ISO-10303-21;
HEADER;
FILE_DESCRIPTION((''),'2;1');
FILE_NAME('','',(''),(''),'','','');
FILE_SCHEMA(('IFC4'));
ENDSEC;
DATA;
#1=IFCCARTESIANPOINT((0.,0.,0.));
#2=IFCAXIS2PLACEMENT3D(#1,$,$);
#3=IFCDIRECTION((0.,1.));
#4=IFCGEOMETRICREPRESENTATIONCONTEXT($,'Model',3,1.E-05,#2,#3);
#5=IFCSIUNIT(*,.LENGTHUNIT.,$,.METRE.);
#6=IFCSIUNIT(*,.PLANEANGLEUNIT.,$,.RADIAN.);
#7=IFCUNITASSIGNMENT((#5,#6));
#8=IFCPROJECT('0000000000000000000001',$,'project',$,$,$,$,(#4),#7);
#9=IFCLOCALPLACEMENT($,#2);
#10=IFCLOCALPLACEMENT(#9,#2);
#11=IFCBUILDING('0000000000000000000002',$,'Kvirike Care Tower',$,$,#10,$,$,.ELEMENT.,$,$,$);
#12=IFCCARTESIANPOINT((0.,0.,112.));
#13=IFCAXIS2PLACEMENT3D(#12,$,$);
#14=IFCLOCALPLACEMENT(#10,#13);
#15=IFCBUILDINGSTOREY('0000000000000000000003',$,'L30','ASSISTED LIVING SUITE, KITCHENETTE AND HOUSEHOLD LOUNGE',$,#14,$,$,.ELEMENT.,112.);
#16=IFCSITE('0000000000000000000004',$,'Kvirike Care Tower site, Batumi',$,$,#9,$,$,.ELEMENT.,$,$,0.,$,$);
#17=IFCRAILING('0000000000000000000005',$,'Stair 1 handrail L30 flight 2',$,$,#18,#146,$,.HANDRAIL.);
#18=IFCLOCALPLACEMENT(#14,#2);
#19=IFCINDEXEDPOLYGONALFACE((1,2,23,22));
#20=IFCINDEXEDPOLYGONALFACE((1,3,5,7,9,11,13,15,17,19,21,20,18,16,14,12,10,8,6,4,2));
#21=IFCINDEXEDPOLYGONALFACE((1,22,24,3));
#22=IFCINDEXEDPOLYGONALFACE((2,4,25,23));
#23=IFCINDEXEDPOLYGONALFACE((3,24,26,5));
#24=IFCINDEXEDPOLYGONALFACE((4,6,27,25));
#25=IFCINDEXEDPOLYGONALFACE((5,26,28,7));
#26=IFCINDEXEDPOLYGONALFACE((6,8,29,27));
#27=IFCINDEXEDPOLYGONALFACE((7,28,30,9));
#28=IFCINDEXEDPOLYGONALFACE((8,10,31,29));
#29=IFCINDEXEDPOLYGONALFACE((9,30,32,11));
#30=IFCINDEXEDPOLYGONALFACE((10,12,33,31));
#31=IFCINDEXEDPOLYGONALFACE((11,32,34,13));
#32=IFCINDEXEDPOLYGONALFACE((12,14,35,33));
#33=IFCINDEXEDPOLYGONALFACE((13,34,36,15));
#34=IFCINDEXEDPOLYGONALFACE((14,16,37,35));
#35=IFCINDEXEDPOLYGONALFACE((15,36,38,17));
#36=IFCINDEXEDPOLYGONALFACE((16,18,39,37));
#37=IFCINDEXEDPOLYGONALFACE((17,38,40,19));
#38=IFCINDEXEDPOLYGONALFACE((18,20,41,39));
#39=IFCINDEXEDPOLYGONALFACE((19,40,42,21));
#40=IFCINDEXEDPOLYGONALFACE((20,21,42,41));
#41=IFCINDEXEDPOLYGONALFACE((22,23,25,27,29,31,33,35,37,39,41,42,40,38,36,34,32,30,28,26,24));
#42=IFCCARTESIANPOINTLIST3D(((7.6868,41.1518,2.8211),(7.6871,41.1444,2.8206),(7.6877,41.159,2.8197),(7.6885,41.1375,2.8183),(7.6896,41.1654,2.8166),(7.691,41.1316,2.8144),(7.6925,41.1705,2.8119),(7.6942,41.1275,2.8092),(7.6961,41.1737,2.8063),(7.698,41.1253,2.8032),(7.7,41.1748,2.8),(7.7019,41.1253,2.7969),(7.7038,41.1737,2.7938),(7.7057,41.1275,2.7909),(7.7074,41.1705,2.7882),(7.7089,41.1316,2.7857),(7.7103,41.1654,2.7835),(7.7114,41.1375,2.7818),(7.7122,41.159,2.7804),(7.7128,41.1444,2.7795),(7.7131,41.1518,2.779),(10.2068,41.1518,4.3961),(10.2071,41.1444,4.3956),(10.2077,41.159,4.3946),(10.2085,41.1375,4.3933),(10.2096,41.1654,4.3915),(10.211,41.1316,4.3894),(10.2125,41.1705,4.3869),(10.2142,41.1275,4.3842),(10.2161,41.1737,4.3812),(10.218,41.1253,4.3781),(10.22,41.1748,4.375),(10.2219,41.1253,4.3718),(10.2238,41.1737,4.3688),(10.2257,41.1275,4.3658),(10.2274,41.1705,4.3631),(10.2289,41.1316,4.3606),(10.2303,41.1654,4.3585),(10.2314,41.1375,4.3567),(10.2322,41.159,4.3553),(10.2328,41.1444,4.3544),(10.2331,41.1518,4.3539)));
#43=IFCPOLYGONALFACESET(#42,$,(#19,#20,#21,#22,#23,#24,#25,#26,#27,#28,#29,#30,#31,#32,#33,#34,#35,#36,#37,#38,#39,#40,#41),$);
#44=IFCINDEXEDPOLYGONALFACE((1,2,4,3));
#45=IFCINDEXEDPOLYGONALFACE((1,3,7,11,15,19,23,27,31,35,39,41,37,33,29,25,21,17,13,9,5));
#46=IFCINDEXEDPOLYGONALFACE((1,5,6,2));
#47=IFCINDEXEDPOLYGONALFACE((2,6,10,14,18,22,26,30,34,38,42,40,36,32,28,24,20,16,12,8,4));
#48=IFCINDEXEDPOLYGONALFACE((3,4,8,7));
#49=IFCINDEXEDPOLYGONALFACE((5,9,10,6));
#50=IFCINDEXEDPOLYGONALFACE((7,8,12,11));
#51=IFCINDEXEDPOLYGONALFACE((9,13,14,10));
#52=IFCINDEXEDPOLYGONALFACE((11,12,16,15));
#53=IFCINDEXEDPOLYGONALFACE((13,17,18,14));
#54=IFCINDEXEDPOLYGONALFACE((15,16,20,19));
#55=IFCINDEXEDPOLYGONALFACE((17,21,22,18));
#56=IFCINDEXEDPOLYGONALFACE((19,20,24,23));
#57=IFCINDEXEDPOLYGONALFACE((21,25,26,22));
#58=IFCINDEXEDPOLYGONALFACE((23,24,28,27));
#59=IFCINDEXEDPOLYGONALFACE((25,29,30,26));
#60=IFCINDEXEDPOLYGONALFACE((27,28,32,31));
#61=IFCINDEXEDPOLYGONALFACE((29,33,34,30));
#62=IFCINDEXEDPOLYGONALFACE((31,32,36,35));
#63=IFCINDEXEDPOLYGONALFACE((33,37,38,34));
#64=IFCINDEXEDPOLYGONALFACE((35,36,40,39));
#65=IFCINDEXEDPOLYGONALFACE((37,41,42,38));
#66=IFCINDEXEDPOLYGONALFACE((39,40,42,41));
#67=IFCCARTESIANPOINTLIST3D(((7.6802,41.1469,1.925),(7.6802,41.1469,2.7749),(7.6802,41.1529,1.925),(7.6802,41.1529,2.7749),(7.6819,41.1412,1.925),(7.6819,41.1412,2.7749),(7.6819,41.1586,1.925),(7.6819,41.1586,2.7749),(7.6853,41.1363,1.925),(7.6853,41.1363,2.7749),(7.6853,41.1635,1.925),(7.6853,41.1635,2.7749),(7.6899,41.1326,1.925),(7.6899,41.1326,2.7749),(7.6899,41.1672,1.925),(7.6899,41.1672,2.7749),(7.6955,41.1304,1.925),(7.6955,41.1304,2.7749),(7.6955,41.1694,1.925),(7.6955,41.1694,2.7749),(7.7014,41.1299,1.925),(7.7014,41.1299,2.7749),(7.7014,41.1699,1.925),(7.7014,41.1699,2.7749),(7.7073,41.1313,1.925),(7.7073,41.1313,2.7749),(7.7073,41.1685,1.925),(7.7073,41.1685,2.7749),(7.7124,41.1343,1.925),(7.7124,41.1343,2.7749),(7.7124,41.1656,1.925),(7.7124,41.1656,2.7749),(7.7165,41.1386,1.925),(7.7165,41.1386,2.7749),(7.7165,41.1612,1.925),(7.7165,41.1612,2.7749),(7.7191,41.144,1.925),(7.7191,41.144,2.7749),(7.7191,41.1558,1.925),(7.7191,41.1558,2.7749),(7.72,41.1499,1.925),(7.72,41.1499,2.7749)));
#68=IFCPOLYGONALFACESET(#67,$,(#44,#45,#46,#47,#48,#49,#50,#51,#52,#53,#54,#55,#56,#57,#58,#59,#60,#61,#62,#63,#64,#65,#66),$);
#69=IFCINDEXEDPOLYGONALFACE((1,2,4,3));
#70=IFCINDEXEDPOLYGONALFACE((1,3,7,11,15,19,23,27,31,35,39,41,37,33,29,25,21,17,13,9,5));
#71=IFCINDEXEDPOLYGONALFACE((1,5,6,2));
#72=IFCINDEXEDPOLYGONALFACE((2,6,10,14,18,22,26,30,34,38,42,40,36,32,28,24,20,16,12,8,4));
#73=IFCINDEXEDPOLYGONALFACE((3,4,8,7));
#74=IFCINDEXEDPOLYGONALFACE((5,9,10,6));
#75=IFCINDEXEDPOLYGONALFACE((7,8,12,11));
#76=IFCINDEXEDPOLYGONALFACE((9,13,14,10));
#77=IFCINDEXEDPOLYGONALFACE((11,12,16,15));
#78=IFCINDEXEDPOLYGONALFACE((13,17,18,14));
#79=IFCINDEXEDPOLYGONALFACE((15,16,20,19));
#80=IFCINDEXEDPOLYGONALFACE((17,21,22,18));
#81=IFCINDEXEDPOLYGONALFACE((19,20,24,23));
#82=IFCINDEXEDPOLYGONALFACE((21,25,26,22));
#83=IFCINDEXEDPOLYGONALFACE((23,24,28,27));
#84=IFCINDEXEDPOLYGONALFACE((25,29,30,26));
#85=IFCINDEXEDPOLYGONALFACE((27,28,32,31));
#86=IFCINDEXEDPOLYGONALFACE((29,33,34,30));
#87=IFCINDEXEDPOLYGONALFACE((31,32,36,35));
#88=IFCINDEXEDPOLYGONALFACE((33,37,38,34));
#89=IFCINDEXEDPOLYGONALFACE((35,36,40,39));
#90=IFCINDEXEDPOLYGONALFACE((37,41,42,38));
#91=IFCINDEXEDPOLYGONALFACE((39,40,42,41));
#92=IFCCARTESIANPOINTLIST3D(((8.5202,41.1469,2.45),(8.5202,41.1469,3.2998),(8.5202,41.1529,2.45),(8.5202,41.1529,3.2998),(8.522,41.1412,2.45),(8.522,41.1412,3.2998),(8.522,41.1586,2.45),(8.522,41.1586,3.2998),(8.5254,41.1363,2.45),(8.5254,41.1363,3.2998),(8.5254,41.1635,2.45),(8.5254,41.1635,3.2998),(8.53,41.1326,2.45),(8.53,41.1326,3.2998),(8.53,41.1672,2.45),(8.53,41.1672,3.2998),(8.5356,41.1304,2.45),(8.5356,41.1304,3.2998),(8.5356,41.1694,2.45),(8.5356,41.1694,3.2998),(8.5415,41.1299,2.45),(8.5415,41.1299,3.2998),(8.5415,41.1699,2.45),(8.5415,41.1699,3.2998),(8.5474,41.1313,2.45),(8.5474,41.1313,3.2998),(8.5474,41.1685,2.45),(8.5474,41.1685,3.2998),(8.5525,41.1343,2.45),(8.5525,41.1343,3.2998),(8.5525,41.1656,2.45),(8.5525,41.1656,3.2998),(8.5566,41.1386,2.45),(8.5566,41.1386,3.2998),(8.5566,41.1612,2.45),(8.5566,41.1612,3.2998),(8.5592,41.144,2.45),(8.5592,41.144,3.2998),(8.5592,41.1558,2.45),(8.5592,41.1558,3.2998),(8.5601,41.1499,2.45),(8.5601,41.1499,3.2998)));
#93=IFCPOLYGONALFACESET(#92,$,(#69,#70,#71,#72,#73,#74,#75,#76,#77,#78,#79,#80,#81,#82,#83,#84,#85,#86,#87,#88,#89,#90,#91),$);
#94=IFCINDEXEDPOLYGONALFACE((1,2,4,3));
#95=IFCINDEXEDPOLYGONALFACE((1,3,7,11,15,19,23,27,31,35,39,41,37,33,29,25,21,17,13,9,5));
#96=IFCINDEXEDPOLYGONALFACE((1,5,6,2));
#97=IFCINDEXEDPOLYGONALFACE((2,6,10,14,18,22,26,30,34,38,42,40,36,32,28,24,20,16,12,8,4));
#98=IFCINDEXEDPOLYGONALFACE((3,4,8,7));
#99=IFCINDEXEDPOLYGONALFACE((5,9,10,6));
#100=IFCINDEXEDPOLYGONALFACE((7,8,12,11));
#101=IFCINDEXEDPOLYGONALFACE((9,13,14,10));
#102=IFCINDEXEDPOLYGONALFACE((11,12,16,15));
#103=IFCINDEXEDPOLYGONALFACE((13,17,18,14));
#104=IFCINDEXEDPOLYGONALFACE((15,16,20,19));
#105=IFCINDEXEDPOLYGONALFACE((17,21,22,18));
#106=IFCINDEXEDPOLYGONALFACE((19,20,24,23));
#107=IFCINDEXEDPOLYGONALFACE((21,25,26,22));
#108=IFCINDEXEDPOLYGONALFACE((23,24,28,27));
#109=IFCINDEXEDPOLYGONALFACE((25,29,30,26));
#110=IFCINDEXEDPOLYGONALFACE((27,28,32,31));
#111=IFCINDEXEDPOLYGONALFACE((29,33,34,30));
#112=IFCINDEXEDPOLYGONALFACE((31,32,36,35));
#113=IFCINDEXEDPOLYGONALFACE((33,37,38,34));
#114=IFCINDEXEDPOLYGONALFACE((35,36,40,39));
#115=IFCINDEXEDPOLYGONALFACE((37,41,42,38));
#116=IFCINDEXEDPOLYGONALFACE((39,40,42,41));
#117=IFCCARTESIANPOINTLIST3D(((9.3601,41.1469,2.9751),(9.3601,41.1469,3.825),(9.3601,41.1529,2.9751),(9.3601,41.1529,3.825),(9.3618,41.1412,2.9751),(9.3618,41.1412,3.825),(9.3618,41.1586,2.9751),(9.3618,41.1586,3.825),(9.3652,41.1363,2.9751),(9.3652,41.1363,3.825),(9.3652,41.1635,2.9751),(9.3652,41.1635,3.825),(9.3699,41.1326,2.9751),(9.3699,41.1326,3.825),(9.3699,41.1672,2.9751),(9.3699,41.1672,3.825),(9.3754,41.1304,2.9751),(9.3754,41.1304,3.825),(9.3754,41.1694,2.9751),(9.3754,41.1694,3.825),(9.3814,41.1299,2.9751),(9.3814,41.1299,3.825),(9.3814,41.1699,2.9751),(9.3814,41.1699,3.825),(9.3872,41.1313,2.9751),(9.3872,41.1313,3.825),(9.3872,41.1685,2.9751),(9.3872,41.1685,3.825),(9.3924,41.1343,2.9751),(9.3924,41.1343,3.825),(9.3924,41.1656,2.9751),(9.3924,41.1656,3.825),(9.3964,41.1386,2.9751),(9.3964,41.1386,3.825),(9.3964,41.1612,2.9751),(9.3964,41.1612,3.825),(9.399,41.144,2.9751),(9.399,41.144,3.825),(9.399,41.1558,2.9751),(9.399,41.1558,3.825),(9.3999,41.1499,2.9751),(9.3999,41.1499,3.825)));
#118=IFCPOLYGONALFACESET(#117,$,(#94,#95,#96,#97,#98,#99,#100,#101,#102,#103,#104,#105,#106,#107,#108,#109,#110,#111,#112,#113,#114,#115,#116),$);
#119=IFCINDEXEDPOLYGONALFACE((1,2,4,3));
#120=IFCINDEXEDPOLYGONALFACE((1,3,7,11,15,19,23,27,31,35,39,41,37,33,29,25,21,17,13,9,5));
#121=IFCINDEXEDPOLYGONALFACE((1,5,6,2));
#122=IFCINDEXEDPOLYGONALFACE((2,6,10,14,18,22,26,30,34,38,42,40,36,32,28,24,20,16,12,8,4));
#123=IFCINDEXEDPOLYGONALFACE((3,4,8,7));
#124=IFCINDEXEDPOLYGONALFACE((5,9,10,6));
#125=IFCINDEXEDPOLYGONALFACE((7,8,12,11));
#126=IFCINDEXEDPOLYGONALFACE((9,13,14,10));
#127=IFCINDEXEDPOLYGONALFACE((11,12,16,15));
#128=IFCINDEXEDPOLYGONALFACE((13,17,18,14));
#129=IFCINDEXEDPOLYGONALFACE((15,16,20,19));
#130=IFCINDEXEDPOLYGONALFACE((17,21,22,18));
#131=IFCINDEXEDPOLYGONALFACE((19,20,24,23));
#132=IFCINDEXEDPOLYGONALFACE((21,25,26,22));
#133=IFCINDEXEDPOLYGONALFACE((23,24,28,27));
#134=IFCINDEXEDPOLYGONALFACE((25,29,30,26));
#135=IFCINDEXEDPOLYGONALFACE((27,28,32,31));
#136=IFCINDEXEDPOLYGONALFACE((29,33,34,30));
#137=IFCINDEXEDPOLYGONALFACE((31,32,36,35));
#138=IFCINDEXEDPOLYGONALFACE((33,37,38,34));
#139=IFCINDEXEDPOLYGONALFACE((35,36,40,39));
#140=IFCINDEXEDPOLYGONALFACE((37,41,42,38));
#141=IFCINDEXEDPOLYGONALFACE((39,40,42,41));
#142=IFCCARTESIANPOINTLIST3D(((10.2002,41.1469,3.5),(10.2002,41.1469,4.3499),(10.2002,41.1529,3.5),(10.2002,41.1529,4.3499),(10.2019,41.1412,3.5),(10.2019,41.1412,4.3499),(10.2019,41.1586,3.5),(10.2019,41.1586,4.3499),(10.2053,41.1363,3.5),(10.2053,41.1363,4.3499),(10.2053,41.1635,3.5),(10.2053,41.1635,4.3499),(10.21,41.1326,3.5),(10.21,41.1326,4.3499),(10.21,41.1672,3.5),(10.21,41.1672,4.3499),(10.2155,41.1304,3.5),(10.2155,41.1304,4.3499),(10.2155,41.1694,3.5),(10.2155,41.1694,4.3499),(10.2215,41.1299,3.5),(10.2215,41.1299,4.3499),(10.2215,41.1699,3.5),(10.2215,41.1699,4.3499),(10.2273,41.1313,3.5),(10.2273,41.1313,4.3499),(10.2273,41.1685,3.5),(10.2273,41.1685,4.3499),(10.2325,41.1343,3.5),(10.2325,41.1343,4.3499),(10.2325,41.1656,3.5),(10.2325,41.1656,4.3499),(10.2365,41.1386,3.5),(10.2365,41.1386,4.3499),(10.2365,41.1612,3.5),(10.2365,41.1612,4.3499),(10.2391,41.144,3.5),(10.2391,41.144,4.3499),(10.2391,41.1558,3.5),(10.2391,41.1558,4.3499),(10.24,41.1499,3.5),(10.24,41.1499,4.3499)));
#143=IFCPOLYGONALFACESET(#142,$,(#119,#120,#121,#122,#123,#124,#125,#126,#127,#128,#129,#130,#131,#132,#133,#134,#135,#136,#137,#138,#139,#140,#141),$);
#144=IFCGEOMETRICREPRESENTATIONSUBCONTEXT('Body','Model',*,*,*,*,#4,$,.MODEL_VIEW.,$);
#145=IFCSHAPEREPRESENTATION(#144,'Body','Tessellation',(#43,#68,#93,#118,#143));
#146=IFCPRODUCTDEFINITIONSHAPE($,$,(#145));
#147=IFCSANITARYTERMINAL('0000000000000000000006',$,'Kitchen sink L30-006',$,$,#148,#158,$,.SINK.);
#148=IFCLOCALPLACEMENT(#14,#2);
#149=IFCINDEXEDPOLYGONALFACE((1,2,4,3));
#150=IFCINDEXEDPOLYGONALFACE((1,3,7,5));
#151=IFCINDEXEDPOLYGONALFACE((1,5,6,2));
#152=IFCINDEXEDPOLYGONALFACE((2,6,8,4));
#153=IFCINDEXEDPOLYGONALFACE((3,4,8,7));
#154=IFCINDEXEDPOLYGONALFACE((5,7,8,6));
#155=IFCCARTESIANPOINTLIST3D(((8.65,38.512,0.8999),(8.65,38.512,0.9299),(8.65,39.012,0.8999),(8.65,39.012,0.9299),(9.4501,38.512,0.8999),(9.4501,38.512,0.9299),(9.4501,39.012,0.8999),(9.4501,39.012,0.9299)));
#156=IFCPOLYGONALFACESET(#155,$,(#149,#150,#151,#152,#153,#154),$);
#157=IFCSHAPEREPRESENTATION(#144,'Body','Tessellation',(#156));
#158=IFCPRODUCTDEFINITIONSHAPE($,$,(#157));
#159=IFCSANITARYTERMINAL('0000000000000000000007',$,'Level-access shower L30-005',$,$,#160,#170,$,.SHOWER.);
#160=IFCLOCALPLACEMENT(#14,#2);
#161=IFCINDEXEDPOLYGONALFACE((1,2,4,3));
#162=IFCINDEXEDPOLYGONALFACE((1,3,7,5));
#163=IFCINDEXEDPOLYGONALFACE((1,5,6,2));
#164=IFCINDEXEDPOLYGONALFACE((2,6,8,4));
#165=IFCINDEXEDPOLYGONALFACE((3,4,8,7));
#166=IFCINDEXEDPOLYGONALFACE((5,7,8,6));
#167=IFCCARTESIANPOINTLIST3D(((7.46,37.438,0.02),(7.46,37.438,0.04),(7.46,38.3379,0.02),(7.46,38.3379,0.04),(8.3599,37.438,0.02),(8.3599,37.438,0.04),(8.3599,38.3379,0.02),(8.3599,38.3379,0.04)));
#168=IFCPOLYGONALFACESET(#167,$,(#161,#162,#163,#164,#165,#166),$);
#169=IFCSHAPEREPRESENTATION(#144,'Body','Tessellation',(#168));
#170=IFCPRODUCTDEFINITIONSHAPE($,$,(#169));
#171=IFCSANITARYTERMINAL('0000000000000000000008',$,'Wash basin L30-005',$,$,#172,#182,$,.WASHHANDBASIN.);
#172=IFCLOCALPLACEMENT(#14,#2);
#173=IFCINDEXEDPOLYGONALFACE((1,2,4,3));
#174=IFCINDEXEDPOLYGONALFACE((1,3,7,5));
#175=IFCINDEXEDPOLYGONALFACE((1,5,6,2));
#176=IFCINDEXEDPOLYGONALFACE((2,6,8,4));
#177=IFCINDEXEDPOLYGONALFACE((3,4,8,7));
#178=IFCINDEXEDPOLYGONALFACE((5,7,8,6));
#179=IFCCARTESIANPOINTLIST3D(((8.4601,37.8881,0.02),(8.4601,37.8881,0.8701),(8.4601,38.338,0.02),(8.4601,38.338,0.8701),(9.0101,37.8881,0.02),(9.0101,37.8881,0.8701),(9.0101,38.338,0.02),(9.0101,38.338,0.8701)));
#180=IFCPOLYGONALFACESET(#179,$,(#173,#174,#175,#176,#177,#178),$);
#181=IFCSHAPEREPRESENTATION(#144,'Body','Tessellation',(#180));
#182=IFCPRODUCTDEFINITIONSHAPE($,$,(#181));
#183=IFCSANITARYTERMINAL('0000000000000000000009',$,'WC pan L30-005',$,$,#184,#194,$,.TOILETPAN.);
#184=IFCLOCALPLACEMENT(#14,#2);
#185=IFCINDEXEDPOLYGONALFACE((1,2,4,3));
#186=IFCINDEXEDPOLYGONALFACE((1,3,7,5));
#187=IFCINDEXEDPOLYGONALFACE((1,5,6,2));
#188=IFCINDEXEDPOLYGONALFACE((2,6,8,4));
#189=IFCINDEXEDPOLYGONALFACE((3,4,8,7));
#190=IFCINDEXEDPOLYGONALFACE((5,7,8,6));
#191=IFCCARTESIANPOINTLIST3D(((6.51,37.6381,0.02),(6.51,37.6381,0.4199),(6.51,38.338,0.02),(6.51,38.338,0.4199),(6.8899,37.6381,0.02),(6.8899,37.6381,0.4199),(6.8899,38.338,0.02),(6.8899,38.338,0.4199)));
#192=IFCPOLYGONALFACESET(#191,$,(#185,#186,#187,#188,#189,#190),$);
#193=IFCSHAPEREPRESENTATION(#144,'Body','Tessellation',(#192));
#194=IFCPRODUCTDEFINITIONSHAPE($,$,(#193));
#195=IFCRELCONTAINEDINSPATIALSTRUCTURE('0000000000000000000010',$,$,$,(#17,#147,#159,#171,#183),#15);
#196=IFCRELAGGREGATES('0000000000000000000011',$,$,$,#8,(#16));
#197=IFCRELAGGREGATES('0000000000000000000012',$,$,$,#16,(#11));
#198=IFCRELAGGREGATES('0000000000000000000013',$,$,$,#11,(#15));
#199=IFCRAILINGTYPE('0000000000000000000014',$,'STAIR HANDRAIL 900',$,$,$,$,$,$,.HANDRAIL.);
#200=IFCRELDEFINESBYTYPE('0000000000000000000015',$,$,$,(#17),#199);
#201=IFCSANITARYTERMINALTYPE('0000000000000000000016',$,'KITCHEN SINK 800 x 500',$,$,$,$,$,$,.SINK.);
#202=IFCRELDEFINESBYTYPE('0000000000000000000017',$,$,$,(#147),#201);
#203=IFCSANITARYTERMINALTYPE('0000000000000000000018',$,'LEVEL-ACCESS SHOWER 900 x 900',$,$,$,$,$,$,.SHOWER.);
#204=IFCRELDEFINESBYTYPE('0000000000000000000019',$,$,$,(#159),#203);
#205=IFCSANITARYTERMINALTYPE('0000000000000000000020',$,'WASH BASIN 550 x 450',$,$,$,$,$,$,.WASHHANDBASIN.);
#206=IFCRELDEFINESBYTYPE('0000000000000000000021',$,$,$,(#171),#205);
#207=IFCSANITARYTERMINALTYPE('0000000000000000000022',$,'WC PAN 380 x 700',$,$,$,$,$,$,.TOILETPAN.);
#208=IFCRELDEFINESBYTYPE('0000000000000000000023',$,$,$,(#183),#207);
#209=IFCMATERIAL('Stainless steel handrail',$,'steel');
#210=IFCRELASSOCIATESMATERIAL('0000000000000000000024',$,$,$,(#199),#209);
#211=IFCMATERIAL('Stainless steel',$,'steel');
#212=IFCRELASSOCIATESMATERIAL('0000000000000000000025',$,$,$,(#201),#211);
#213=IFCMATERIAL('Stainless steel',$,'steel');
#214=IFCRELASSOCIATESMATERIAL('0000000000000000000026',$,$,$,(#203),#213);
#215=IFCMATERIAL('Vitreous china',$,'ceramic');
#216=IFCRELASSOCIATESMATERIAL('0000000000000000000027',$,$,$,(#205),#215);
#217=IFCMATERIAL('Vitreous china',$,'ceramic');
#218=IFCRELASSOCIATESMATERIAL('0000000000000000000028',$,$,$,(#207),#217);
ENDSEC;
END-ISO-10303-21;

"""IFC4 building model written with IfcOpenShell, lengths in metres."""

from ifc_helpers import new_model, si_unit, direction, frame, origin, origin_2d, place, context, subcontext, project, spatial, rectangle, circle, extrude, material, type_object, element, save


model = new_model("IFC4")

# Units and contexts
model_context = context("Model", 3, precision=1e-05, world=origin(), true_north=direction((0.0, 1.0)))
body_context = subcontext(model_context, "Body", "Model", "MODEL_VIEW")
ifc_project = project(units=[si_unit("LENGTHUNIT", "METRE"), si_unit("PLANEANGLEUNIT", "RADIAN")], contexts=[model_context])

# Site, building, storey
site_placement = place(None, origin())
site = spatial("IfcSite", under=ifc_project, at=site_placement, Name="Kvirike Care Tower site, Batumi", CompositionType="ELEMENT", RefElevation=0.0)
building_placement = place(site_placement, origin())
building = spatial("IfcBuilding", under=site, at=building_placement, Name="Kvirike Care Tower", CompositionType="ELEMENT")
storey_placement = place(building_placement, frame((0.0, 0.0, 112.0)))
storey = spatial("IfcBuildingStorey", under=building, at=storey_placement, Name="L30", Description="ASSISTED LIVING SUITE, KITCHENETTE AND HOUSEHOLD LOUNGE", CompositionType="ELEMENT", Elevation=112.0)

# Railing
ifc_material_1 = material(Name="Stainless steel handrail", Category="steel")
railing_type = type_object("IfcRailingType", Name="STAIR HANDRAIL 900", PredefinedType="HANDRAIL", material=ifc_material_1)
railing_1_placement = place(storey_placement, frame((7.7, 41.1499, 1.925)))
element("IfcRailing", 1, at=railing_1_placement, inside=storey, type_object=railing_type, Name="Stair 1 handrail L30 flight 2", PredefinedType="HANDRAIL", context=body_context, shape_type="SweptSolid", body=[
    extrude(circle(Radius=0.0249, at=origin_2d()), frame((0.0, 0.0, 0.875), z_axis=(0.848008, 0.0, 0.529984), x_axis=(0.0, 1.0, 0.0)), (0.0, 0.0, 1.0), 2.9717),
    extrude(circle(Radius=0.02, at=origin_2d()), origin(), (0.0, 0.0, 1.0), 0.8499),
    extrude(circle(Radius=0.02, at=origin_2d()), frame((0.8401, 0.0, 0.5249)), (0.0, 0.0, 1.0), 0.8499),
    extrude(circle(Radius=0.02, at=origin_2d()), frame((1.6799, 0.0, 1.05)), (0.0, 0.0, 1.0), 0.8499),
    extrude(circle(Radius=0.02, at=origin_2d()), frame((2.52, 0.0, 1.575)), (0.0, 0.0, 1.0), 0.8499),
])

# Sanitary terminals
ifc_material_2 = material(Name="Stainless steel", Category="steel")
sanitary_terminal_type_1 = type_object("IfcSanitaryTerminalType", Name="KITCHEN SINK 800 x 500", PredefinedType="SINK", material=ifc_material_2)
sanitary_terminal_1_placement = place(storey_placement, frame((9.05, 38.762, 0.8999), z_axis=(0.0, 0.0, 1.0), x_axis=(-1.0, 0.0, 0.0)))
element("IfcSanitaryTerminal", 2, at=sanitary_terminal_1_placement, inside=storey, type_object=sanitary_terminal_type_1, Name="Kitchen sink L30-006", PredefinedType="SINK", context=body_context, shape_type="SweptSolid", body=[
    extrude(rectangle(XDim=0.8, YDim=0.5, at=origin_2d()), origin(), (0.0, 0.0, 1.0), 0.03),
])
ifc_material_3 = material(Name="Stainless steel", Category="steel")
sanitary_terminal_type_2 = type_object("IfcSanitaryTerminalType", Name="LEVEL-ACCESS SHOWER 900 x 900", PredefinedType="SHOWER", material=ifc_material_3)
sanitary_terminal_2_placement = place(storey_placement, frame((7.9099, 37.8879, 0.02), z_axis=(0.0, 0.0, 1.0), x_axis=(1.0, 0.0, 0.0)))
element("IfcSanitaryTerminal", 3, at=sanitary_terminal_2_placement, inside=storey, type_object=sanitary_terminal_type_2, Name="Level-access shower L30-005", PredefinedType="SHOWER", context=body_context, shape_type="SweptSolid", body=[
    extrude(rectangle(XDim=0.8999, YDim=0.8999, at=origin_2d()), origin(), (0.0, 0.0, 1.0), 0.02),
])
ifc_material_4 = material(Name="Vitreous china", Category="ceramic")
sanitary_terminal_type_3 = type_object("IfcSanitaryTerminalType", Name="WASH BASIN 550 x 450", PredefinedType="WASHHANDBASIN", material=ifc_material_4)
sanitary_terminal_3_placement = place(storey_placement, frame((8.7351, 38.113, 0.02), z_axis=(0.0, 0.0, 1.0), x_axis=(1.0, 0.0, 0.0)))
element("IfcSanitaryTerminal", 4, at=sanitary_terminal_3_placement, inside=storey, type_object=sanitary_terminal_type_3, Name="Wash basin L30-005", PredefinedType="WASHHANDBASIN", context=body_context, shape_type="SweptSolid", body=[
    extrude(rectangle(XDim=0.55, YDim=0.45, at=origin_2d()), origin(), (0.0, 0.0, 1.0), 0.8501),
])
ifc_material_5 = material(Name="Vitreous china", Category="ceramic")
sanitary_terminal_type_4 = type_object("IfcSanitaryTerminalType", Name="WC PAN 380 x 700", PredefinedType="TOILETPAN", material=ifc_material_5)
sanitary_terminal_4_placement = place(storey_placement, frame((6.7, 37.988, 0.02), z_axis=(0.0, 0.0, 1.0), x_axis=(1.0, 0.0, 0.0)))
element("IfcSanitaryTerminal", 5, at=sanitary_terminal_4_placement, inside=storey, type_object=sanitary_terminal_type_4, Name="WC pan L30-005", PredefinedType="TOILETPAN", context=body_context, shape_type="SweptSolid", body=[
    extrude(rectangle(XDim=0.3799, YDim=0.7, at=origin_2d()), origin(), (0.0, 0.0, 1.0), 0.3999),
])

save(model, "model.ifc")
